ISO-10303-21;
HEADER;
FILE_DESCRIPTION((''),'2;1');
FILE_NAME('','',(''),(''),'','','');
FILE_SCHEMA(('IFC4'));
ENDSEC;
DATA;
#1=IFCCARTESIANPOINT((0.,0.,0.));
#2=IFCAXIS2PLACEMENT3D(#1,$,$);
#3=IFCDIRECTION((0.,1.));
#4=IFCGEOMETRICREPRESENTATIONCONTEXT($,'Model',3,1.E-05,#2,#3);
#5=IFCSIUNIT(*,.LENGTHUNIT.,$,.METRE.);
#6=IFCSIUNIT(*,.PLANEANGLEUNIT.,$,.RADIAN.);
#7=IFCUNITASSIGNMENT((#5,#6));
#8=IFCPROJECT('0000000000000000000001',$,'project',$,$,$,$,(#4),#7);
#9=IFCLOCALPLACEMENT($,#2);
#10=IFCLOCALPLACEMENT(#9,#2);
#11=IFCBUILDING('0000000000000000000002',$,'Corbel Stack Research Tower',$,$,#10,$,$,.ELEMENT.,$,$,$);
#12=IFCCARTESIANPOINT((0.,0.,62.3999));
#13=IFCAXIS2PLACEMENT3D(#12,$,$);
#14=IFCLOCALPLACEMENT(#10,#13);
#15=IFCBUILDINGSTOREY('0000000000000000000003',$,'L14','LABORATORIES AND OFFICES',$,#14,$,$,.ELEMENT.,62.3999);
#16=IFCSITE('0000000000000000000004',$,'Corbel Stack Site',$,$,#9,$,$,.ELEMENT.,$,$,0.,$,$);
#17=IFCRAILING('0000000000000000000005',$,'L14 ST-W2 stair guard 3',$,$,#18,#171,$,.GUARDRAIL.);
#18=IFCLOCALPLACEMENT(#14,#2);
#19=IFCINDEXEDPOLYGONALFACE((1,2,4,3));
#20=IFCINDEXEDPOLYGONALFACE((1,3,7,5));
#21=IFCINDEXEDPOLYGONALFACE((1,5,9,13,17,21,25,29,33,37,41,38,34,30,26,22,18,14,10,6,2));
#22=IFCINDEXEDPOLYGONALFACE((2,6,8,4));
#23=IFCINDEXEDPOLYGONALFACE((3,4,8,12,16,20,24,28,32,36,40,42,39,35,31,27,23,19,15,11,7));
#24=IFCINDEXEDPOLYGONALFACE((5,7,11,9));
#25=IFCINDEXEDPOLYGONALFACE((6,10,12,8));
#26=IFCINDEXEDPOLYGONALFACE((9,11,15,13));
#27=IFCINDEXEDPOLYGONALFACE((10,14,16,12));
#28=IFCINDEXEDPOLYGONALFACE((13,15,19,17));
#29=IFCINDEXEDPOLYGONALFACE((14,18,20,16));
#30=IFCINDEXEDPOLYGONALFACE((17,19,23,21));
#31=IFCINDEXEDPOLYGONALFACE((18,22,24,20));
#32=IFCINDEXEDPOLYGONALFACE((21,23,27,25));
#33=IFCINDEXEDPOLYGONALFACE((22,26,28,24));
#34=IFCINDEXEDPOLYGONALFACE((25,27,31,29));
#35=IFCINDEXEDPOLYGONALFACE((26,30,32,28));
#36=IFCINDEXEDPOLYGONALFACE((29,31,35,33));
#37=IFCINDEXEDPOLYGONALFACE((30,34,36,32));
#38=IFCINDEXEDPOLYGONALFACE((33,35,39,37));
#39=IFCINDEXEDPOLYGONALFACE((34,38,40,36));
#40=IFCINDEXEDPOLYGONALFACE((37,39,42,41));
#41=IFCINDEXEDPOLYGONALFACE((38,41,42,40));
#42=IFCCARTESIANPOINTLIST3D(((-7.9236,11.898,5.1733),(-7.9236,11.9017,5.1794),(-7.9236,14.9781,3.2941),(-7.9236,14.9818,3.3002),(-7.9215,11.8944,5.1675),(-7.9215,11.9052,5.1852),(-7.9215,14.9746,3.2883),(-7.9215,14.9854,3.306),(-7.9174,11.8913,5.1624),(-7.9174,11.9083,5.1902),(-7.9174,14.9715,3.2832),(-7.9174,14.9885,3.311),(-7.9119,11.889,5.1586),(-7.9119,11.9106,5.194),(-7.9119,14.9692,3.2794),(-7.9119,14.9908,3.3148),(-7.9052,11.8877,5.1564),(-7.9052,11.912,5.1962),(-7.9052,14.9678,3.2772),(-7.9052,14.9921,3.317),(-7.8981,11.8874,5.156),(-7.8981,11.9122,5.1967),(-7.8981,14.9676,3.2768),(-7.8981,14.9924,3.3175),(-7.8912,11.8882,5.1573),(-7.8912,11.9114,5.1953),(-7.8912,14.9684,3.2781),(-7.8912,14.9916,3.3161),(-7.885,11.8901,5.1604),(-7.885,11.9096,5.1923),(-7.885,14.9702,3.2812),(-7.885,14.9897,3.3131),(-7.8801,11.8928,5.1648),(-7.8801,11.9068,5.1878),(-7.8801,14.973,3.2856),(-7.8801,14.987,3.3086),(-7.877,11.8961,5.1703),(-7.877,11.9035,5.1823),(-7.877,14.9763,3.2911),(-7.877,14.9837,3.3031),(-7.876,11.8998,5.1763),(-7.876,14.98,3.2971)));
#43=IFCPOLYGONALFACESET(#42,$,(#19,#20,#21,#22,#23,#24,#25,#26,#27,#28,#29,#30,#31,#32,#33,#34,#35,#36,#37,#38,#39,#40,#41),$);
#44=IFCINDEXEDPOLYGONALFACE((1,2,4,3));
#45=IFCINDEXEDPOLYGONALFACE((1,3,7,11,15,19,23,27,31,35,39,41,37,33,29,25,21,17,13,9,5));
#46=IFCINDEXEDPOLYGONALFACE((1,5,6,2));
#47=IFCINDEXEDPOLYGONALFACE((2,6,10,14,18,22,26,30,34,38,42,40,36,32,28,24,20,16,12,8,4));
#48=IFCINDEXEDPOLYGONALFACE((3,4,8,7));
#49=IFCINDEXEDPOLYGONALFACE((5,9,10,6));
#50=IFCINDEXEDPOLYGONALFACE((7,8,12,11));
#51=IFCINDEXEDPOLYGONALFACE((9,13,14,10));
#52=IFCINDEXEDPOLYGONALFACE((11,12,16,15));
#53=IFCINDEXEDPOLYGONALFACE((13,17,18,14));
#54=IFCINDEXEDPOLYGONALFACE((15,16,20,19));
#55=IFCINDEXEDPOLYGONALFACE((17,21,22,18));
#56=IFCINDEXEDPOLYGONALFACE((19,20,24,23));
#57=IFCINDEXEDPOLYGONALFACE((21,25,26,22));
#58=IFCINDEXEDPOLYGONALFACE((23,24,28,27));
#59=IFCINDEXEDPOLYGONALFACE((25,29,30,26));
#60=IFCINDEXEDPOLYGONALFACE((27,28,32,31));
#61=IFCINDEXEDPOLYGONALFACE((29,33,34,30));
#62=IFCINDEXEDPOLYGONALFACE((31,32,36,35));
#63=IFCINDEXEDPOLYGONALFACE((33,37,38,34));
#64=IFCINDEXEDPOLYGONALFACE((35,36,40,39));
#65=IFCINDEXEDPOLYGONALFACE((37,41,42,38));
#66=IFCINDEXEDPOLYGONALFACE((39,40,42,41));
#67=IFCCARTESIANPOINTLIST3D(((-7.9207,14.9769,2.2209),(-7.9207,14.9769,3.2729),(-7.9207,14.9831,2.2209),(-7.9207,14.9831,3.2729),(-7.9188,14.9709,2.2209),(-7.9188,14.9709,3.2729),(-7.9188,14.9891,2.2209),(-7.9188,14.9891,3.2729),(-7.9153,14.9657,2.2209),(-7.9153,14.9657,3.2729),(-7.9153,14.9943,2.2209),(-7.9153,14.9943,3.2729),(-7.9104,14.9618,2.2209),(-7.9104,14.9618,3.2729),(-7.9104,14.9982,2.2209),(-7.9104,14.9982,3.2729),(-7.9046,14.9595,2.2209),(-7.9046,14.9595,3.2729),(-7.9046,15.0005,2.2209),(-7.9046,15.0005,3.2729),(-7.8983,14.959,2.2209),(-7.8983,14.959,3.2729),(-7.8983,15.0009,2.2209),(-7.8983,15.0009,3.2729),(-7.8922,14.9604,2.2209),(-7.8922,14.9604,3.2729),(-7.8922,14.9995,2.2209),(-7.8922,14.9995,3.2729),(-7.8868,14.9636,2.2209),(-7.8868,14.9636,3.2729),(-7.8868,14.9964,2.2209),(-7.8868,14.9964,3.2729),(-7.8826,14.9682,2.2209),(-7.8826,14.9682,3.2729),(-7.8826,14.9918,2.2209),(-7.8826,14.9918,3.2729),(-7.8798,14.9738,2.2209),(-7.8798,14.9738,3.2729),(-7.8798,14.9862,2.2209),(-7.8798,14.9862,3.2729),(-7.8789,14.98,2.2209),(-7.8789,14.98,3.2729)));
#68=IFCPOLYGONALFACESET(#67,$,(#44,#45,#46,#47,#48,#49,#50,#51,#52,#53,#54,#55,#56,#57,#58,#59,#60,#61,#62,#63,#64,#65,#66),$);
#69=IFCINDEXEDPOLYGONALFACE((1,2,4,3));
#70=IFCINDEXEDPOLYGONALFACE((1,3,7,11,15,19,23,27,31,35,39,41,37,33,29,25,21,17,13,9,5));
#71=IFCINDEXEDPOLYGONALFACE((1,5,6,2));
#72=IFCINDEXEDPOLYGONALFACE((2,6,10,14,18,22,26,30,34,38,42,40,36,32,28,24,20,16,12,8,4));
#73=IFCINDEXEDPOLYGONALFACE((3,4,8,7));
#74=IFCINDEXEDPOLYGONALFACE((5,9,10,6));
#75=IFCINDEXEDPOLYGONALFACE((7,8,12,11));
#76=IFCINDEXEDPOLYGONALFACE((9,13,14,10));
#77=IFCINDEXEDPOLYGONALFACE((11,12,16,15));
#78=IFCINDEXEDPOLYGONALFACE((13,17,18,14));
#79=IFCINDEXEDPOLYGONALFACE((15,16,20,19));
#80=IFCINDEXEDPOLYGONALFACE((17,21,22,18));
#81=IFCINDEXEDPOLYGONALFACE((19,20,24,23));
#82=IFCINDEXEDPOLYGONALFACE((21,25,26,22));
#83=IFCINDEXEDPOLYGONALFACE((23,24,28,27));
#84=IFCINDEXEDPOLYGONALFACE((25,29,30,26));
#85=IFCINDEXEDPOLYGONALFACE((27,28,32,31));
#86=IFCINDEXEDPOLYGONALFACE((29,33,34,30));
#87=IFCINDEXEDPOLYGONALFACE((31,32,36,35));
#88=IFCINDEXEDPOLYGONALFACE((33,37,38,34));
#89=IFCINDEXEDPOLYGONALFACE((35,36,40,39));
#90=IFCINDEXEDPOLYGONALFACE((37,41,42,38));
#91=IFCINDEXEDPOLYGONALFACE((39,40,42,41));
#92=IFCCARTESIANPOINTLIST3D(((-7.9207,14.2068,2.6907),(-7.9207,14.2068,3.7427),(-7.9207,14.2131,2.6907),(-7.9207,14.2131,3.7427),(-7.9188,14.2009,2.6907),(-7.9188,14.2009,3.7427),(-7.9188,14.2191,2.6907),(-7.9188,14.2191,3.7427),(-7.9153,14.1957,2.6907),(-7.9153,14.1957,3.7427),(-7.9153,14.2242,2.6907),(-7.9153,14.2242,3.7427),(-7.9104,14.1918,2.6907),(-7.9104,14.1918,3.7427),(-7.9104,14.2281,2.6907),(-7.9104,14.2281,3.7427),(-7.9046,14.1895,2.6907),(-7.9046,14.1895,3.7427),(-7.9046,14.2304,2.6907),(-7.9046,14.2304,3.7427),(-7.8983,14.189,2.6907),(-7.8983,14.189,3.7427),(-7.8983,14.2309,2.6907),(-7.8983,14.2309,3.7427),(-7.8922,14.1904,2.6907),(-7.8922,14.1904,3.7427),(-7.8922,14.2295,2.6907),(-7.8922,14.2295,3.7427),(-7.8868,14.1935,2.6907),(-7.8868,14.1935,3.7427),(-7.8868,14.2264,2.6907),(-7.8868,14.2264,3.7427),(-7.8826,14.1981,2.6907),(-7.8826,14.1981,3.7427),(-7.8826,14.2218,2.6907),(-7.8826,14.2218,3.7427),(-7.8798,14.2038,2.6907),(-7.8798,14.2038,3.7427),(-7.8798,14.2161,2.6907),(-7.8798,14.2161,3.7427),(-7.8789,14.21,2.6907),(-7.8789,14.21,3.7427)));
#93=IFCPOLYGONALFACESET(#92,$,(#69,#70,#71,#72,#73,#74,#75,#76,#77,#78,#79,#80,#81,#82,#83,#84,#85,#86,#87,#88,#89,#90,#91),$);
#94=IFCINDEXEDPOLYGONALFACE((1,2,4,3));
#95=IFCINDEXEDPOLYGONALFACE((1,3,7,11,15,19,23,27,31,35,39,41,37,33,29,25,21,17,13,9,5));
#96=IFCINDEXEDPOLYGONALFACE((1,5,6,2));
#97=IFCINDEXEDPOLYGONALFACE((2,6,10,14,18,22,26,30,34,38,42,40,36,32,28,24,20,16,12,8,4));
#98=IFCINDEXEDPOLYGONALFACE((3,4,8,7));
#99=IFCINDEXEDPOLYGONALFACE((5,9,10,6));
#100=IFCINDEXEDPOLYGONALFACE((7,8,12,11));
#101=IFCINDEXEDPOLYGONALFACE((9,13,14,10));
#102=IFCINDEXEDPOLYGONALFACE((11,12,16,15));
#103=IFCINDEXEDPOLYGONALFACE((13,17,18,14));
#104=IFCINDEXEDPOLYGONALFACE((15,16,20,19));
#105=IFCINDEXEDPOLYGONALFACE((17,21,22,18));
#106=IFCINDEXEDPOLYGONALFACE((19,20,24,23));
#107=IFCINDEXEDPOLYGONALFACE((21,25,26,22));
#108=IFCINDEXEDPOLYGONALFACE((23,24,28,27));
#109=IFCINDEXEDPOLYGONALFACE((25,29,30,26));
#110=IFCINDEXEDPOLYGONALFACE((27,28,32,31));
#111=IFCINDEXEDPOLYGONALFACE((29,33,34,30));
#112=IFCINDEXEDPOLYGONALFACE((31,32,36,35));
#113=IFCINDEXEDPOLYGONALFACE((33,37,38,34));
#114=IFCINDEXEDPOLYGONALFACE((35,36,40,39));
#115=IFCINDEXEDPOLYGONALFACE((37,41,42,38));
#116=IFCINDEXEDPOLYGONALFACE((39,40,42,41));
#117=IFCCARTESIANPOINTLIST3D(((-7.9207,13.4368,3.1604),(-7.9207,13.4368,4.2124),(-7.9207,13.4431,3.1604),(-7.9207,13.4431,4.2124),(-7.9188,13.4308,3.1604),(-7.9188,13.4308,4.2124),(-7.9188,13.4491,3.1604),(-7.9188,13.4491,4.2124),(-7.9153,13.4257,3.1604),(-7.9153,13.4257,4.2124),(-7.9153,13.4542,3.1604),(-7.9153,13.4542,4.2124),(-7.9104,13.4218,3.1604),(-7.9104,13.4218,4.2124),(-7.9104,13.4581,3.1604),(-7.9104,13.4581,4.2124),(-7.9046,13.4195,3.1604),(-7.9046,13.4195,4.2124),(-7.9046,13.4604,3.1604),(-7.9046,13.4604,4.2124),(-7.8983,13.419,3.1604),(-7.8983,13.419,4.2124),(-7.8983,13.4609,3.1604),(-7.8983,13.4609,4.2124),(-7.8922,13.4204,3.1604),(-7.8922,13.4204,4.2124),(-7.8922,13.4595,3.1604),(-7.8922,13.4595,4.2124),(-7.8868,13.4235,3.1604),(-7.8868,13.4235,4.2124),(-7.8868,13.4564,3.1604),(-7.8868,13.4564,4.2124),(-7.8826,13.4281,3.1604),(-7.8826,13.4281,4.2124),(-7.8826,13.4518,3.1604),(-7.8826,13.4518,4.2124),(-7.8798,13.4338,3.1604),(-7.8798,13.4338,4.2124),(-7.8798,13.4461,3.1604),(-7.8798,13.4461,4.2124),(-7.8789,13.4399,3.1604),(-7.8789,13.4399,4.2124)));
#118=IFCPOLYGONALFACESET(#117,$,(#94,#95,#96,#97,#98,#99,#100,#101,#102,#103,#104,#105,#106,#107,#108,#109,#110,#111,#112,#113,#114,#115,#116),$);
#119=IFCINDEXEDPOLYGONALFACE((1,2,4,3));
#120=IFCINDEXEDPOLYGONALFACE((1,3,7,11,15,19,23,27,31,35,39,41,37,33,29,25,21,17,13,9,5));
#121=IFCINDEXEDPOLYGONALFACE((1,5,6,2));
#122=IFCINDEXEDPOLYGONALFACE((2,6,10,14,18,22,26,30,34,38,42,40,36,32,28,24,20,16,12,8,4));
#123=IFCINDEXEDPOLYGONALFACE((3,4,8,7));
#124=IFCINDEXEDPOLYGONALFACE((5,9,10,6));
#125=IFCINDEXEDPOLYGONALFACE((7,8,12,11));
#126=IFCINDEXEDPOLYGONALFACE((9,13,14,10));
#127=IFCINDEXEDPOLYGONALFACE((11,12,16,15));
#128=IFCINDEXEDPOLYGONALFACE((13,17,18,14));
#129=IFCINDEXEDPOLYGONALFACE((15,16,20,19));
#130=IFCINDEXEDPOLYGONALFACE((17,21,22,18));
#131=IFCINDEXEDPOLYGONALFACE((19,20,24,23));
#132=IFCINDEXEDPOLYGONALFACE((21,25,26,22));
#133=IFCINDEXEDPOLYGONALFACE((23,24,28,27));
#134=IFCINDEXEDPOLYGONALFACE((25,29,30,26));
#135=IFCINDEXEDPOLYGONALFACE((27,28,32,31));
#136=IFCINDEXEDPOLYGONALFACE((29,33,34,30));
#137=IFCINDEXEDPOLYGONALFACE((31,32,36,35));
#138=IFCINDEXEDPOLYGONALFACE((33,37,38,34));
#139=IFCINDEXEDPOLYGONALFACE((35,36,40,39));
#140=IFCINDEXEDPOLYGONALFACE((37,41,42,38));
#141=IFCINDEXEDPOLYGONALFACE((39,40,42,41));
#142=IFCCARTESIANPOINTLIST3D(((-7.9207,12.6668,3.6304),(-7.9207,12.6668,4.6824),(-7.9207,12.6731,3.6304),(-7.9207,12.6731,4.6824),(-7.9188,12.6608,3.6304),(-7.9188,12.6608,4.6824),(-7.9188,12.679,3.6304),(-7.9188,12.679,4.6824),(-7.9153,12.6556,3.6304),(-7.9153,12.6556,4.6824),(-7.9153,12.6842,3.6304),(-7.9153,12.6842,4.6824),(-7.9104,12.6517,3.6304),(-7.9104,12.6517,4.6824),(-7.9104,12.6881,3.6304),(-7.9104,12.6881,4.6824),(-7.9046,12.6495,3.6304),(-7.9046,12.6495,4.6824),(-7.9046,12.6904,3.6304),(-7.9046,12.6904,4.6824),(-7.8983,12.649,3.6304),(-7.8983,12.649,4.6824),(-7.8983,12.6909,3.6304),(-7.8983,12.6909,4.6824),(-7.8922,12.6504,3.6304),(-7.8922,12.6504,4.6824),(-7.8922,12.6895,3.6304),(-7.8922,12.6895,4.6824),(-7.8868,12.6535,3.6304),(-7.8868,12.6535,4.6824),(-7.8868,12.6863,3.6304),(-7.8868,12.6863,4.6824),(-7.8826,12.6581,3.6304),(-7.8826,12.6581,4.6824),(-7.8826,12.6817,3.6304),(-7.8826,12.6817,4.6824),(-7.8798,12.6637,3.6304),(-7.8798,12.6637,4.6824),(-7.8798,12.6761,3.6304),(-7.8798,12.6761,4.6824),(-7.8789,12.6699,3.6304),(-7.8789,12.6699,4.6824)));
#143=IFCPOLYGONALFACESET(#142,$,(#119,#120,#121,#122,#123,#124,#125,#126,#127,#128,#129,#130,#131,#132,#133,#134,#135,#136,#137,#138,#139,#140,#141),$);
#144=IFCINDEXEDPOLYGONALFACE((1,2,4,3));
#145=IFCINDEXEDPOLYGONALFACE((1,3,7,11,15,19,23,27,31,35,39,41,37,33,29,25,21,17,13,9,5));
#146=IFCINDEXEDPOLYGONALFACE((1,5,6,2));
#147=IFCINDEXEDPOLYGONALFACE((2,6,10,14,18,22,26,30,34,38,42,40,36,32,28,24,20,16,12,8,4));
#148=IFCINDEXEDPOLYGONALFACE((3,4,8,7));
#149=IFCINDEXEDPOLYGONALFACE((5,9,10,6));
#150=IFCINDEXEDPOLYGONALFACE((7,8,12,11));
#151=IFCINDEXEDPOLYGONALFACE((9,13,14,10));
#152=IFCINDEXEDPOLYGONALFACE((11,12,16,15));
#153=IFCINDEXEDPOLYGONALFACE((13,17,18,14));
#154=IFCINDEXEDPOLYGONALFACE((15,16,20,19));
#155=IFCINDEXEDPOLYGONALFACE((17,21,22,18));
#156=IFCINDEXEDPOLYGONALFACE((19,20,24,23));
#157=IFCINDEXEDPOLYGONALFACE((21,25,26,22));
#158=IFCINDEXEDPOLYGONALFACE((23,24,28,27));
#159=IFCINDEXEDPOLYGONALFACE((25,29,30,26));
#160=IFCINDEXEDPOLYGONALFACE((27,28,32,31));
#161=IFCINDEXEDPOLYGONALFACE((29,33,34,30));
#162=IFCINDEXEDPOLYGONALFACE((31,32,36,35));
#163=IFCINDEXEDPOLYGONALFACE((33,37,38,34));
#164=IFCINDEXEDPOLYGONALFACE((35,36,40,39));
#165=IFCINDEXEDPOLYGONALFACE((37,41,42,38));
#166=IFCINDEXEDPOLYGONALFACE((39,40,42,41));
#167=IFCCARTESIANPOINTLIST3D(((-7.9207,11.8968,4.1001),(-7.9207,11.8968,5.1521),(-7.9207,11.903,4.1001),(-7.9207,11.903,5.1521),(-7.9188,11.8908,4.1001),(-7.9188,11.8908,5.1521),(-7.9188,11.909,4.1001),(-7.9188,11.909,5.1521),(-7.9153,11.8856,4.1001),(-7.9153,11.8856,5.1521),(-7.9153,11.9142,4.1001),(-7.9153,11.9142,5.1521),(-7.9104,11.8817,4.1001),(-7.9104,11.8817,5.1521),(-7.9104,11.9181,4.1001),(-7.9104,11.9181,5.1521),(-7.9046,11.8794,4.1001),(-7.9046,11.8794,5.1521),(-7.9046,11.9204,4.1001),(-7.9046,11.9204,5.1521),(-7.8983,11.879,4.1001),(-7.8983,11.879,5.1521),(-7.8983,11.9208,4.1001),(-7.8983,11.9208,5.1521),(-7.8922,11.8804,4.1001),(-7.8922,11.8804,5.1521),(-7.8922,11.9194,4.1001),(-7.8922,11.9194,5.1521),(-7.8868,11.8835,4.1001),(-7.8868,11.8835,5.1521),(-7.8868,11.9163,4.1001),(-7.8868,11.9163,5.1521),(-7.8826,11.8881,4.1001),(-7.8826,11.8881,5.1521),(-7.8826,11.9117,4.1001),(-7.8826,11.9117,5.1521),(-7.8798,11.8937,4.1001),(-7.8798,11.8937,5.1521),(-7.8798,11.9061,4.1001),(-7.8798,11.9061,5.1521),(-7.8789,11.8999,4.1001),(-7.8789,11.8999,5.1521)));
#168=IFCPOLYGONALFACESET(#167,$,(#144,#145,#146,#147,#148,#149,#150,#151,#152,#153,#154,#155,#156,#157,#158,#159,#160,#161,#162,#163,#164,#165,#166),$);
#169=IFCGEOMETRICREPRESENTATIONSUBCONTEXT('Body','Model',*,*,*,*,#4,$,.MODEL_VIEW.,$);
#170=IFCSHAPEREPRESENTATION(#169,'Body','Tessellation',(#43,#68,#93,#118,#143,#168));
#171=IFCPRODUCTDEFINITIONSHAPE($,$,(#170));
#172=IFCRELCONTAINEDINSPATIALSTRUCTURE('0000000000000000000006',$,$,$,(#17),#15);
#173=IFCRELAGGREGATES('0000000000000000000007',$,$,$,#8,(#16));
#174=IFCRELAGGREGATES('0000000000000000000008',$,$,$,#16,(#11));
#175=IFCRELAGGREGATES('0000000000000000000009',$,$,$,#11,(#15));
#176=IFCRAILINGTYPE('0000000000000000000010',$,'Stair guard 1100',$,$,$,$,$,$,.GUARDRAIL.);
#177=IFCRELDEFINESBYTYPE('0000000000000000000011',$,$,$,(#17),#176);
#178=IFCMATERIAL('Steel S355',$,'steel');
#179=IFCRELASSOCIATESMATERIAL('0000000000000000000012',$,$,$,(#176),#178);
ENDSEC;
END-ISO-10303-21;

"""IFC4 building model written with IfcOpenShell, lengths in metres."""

from ifc_helpers import new_model, si_unit, direction, frame, origin, origin_2d, place, context, subcontext, project, spatial, circle, extrude, material, type_object, element, save


model = new_model("IFC4")

# Units and contexts
model_context = context("Model", 3, precision=1e-05, world=origin(), true_north=direction((0.0, 1.0)))
body_context = subcontext(model_context, "Body", "Model", "MODEL_VIEW")
ifc_project = project(units=[si_unit("LENGTHUNIT", "METRE"), si_unit("PLANEANGLEUNIT", "RADIAN")], contexts=[model_context])

# Site, building, storey
site_placement = place(None, origin())
site = spatial("IfcSite", under=ifc_project, at=site_placement, Name="Corbel Stack Site", CompositionType="ELEMENT", RefElevation=0.0)
building_placement = place(site_placement, origin())
building = spatial("IfcBuilding", under=site, at=building_placement, Name="Corbel Stack Research Tower", CompositionType="ELEMENT")
storey_placement = place(building_placement, frame((0.0, 0.0, 62.3999)))
storey = spatial("IfcBuildingStorey", under=building, at=storey_placement, Name="L14", Description="LABORATORIES AND OFFICES", CompositionType="ELEMENT", Elevation=62.3999)

# Railing
ifc_material_1 = material(Name="Steel S355", Category="steel")
railing_type_1 = type_object("IfcRailingType", Name="Stair guard 1100", PredefinedType="GUARDRAIL", material=ifc_material_1)
railing_1_placement = place(storey_placement, frame((-7.8999, 14.98, 2.2209)))
element("IfcRailing", 1, at=railing_1_placement, inside=storey, type_object=railing_type_1, Name="L14 ST-W2 stair guard 3", PredefinedType="GUARDRAIL", context=body_context, shape_type="SweptSolid", body=[
    extrude(circle(Radius=0.0239, at=origin_2d()), frame((0.0, 0.0, 1.0762), z_axis=(0.0, -0.853666, 0.52082), x_axis=(1.0, 0.0, 0.0)), (0.0, 0.0, 1.0), 3.6082),
    extrude(circle(Radius=0.021, at=origin_2d()), origin(), (0.0, 0.0, 1.0), 1.052),
    extrude(circle(Radius=0.021, at=origin_2d()), frame((0.0, -0.77, 0.4697)), (0.0, 0.0, 1.0), 1.052),
    extrude(circle(Radius=0.021, at=origin_2d()), frame((0.0, -1.54, 0.9395)), (0.0, 0.0, 1.0), 1.052),
    extrude(circle(Radius=0.021, at=origin_2d()), frame((0.0, -2.3101, 1.4094)), (0.0, 0.0, 1.0), 1.052),
    extrude(circle(Radius=0.021, at=origin_2d()), frame((0.0, -3.0801, 1.8792)), (0.0, 0.0, 1.0), 1.052),
])

save(model, "model.ifc")
